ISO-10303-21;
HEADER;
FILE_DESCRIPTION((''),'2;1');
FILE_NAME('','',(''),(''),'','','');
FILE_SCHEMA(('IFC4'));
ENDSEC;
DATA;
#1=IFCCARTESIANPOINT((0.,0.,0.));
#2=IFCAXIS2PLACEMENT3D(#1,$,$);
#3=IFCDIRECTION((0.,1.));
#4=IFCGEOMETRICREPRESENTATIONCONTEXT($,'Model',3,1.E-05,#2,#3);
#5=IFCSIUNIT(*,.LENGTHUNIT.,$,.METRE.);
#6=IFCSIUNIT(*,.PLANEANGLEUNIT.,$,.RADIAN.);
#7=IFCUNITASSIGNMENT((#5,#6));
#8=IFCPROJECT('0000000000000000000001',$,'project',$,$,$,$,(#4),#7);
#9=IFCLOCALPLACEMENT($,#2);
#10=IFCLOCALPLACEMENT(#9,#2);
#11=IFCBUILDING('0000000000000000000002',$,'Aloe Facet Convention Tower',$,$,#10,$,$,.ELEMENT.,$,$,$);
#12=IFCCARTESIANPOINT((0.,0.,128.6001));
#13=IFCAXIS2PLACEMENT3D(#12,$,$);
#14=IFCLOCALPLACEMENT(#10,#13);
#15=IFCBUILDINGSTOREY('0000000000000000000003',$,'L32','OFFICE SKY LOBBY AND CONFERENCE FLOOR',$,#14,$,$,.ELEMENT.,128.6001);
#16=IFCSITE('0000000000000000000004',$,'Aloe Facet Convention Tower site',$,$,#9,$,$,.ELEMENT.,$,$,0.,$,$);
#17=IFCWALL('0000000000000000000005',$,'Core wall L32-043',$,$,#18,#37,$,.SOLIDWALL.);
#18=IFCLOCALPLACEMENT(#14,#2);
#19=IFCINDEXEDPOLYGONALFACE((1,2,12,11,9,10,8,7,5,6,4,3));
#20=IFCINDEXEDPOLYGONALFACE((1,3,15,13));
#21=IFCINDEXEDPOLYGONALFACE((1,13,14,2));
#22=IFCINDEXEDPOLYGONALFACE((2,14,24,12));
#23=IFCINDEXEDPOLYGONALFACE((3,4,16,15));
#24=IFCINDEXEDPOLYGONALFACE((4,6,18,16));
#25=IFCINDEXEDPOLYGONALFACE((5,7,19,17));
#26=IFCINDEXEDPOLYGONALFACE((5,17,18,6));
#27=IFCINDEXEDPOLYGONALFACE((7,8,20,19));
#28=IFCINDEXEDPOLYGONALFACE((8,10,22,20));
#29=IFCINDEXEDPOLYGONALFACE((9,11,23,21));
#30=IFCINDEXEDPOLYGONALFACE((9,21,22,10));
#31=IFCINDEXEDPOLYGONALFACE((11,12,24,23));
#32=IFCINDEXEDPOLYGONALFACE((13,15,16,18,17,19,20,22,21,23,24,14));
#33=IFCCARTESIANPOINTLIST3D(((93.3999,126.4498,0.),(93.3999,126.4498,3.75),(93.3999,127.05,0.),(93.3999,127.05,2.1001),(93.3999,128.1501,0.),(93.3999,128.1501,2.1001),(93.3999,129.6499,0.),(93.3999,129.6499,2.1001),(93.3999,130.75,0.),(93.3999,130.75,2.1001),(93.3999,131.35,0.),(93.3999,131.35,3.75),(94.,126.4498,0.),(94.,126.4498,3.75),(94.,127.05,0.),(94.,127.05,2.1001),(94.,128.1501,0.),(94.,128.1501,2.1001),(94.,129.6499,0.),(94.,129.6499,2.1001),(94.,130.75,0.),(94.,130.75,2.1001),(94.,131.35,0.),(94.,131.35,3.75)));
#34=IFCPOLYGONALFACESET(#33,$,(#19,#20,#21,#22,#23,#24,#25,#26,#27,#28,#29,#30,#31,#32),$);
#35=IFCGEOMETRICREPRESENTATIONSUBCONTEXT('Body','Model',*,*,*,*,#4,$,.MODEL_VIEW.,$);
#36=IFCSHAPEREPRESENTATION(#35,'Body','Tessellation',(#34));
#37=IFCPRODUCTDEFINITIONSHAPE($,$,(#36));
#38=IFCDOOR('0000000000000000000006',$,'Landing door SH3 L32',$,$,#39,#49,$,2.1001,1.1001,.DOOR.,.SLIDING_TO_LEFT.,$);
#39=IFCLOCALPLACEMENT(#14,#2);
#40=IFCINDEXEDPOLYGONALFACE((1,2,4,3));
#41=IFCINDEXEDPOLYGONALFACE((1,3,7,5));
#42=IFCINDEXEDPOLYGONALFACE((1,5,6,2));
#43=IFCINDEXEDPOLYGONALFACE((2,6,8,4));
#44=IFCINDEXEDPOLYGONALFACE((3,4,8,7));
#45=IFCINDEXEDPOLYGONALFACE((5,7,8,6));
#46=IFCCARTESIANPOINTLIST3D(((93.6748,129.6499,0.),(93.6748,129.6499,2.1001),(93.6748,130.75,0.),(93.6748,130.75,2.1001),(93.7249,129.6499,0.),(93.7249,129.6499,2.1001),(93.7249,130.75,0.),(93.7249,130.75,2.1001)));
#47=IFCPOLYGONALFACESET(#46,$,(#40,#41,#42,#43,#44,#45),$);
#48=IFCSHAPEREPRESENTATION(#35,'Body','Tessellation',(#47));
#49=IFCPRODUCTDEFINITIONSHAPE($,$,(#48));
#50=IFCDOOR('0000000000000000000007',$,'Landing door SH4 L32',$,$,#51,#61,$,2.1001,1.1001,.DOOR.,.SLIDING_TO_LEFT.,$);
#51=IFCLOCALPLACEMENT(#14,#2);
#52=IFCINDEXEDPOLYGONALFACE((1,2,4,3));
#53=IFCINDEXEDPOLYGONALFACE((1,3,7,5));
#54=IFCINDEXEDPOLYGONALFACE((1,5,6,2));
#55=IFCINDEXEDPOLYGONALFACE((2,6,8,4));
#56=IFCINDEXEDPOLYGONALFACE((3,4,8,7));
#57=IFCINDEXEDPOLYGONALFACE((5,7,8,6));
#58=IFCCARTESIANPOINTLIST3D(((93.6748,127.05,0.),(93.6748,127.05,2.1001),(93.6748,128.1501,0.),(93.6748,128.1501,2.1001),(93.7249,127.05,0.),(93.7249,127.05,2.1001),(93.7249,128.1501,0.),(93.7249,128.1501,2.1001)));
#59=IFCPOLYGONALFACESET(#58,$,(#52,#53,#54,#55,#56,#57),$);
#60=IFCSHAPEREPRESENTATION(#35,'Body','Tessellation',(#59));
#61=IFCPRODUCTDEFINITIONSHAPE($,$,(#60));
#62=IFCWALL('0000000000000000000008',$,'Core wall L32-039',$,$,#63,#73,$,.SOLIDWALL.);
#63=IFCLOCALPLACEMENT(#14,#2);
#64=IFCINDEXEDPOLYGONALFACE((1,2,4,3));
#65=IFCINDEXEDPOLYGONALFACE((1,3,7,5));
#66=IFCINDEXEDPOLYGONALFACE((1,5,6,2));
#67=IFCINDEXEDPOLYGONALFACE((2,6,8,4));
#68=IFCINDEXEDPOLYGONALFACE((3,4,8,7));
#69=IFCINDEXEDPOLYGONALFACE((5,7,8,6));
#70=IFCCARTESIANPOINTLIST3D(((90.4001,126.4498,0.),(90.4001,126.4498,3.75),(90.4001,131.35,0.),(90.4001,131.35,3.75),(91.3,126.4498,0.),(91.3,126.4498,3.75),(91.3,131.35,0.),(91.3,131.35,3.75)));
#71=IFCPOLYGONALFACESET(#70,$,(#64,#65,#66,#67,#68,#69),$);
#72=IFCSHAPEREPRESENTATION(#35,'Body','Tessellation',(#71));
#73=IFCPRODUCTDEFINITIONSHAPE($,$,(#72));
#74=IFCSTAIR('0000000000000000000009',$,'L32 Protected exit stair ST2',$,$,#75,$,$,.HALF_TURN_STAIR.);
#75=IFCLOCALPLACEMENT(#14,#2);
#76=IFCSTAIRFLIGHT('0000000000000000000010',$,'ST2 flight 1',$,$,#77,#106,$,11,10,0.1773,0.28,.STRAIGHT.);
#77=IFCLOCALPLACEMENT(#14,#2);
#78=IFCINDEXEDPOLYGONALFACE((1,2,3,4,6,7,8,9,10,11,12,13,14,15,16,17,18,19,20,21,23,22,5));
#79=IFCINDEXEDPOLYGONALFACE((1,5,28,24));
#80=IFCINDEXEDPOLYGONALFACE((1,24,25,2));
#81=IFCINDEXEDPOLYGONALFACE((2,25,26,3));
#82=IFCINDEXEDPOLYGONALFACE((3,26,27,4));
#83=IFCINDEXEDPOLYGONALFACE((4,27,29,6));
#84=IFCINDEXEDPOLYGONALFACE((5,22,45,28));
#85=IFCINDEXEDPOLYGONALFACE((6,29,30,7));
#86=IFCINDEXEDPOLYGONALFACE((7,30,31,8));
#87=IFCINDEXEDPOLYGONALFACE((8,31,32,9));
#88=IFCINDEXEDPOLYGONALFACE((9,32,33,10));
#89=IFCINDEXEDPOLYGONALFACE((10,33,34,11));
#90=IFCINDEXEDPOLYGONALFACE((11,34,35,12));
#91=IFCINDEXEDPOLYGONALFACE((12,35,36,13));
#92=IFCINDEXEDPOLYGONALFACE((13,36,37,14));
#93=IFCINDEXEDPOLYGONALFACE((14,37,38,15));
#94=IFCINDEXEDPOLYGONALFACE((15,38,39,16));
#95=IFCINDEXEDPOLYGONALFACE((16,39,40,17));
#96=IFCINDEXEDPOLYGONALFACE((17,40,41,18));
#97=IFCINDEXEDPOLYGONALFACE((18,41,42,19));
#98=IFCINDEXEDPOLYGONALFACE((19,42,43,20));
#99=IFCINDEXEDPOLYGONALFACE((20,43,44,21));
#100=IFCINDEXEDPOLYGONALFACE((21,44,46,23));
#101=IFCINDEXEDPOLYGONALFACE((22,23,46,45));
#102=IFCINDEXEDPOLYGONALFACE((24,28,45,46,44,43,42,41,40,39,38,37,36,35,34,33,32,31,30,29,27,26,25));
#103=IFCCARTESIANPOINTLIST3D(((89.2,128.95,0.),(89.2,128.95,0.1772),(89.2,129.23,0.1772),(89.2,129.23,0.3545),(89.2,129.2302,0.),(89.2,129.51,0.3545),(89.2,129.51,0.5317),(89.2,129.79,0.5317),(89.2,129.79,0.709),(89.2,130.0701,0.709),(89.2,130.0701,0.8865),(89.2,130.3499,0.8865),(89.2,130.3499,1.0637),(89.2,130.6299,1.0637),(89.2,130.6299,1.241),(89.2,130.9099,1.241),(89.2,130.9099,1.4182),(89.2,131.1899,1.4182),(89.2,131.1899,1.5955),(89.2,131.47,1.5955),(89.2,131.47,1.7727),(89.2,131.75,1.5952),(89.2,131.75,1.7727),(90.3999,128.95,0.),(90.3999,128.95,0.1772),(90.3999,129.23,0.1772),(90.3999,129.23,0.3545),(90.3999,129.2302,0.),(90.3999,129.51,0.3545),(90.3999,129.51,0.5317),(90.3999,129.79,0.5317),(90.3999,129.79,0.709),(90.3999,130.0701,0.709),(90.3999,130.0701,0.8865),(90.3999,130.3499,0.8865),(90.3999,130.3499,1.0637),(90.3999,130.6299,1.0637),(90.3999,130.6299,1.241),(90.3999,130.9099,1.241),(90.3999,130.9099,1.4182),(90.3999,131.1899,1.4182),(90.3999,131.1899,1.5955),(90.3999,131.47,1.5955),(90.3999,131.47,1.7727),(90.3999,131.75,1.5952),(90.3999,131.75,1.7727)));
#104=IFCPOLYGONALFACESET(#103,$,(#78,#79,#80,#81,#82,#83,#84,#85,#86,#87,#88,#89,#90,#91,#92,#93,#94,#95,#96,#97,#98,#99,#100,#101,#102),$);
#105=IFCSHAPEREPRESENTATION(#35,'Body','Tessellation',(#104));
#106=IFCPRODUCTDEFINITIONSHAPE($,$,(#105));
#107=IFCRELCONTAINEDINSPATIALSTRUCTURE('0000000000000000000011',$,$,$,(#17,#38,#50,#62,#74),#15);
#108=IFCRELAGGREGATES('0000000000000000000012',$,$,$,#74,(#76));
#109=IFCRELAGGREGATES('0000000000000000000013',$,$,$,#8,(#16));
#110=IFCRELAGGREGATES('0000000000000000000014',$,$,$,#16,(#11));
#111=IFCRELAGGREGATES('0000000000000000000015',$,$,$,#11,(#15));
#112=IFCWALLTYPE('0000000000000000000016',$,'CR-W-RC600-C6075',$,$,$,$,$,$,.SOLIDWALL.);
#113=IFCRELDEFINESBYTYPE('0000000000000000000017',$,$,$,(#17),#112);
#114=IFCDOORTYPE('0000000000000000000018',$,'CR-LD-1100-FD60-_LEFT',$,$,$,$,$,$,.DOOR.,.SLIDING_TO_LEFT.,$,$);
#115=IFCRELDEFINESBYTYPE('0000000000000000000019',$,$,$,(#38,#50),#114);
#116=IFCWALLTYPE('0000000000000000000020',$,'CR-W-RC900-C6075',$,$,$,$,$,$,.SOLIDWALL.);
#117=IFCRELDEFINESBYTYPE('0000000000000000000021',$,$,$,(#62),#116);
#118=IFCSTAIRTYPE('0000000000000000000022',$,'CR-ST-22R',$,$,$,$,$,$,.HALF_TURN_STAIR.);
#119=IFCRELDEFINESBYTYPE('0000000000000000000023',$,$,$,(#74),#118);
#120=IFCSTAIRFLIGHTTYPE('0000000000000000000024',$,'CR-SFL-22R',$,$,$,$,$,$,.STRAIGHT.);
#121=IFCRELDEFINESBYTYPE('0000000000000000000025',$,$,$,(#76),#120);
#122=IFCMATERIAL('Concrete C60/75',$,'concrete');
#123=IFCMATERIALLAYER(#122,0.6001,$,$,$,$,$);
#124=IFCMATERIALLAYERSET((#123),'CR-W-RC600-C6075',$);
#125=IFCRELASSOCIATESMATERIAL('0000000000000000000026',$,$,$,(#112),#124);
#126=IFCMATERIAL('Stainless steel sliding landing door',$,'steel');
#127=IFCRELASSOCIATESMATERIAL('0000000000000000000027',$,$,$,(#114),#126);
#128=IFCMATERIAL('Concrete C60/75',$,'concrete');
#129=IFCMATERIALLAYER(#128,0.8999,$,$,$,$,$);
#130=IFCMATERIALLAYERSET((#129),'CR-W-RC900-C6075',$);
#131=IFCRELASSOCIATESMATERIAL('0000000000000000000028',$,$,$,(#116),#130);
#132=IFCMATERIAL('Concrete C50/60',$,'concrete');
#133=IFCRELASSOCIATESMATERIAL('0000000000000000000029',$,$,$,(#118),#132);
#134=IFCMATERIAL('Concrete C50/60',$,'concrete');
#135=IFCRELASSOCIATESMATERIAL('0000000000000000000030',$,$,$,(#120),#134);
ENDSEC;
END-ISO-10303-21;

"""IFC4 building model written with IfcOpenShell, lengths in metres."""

from ifc_helpers import new_model, si_unit, direction, frame, frame_2d, origin, place, context, subcontext, project, spatial, polyline, rectangle, outline, extrude, material, layer, layer_set, type_object, element, fill, aggregate, save


model = new_model("IFC4")

# Units and contexts
model_context = context("Model", 3, precision=1e-05, world=origin(), true_north=direction((0.0, 1.0)))
body_context = subcontext(model_context, "Body", "Model", "MODEL_VIEW")
ifc_project = project(units=[si_unit("LENGTHUNIT", "METRE"), si_unit("PLANEANGLEUNIT", "RADIAN")], contexts=[model_context])

# Site, building, storey
site_placement = place(None, origin())
site = spatial("IfcSite", under=ifc_project, at=site_placement, Name="Aloe Facet Convention Tower site", CompositionType="ELEMENT", RefElevation=0.0)
building_placement = place(site_placement, origin())
building = spatial("IfcBuilding", under=site, at=building_placement, Name="Aloe Facet Convention Tower", CompositionType="ELEMENT")
storey_placement = place(building_placement, frame((0.0, 0.0, 128.6001)))
storey = spatial("IfcBuildingStorey", under=building, at=storey_placement, Name="L32", Description="OFFICE SKY LOBBY AND CONFERENCE FLOOR", CompositionType="ELEMENT", Elevation=128.6001)

# Shared definitions
ifc_material_1 = material(Name="Concrete C60/75", Category="concrete")
ifc_layer_1 = layer(ifc_material_1, 0.6001)
ifc_layer_set_1 = layer_set([ifc_layer_1], Name="CR-W-RC600-C6075")
wall_type_1 = type_object("IfcWallType", Name="CR-W-RC600-C6075", PredefinedType="SOLIDWALL", material=ifc_layer_set_1)

# Wall, openings, doors
wall_1_placement = place(storey_placement, frame((93.7, 131.3501, 0.0), z_axis=(0.0, 0.0, 1.0), x_axis=(0.0, -1.0, 0.0)))
wall_1 = element("IfcWall", 1, at=wall_1_placement, inside=storey, type_object=wall_type_1, Name="Core wall L32-043", PredefinedType="SOLIDWALL", context=body_context, shape_type="SweptSolid", body=[
    extrude(rectangle(XDim=4.9001, YDim=0.6001, at=frame_2d((2.4502, 0.0))), origin(), (0.0, 0.0, 1.0), 3.75),
])
opening_1_placement = place(wall_1_placement, frame((0.6001, 0.0, 0.0)))
opening_1 = element("IfcOpeningElement", 2, at=opening_1_placement, cuts=wall_1, PredefinedType="OPENING", context=body_context, shape_type="SweptSolid", body=[
    extrude(rectangle(XDim=1.1001, YDim=2.1001, at=frame_2d((0.55, 1.05))), frame((0.0, 0.3101, 0.0), z_axis=(0.0, -1.0, 0.0), x_axis=(1.0, 0.0, 0.0)), (0.0, 0.0, 1.0), 0.6201),
])
opening_2_placement = place(wall_1_placement, frame((3.2, 0.0, 0.0)))
opening_2 = element("IfcOpeningElement", 3, at=opening_2_placement, cuts=wall_1, PredefinedType="OPENING", context=body_context, shape_type="SweptSolid", body=[
    extrude(rectangle(XDim=1.1001, YDim=2.1001, at=frame_2d((0.55, 1.05))), frame((0.0, 0.3101, 0.0), z_axis=(0.0, -1.0, 0.0), x_axis=(1.0, 0.0, 0.0)), (0.0, 0.0, 1.0), 0.6201),
])
ifc_material_2 = material(Name="Stainless steel sliding landing door", Category="steel")
door_type = type_object("IfcDoorType", Name="CR-LD-1100-FD60-_LEFT", OperationType="SLIDING_TO_LEFT", PredefinedType="DOOR", material=ifc_material_2)
door_1_placement = place(opening_1_placement, origin())
door_1 = element("IfcDoor", 4, at=door_1_placement, inside=storey, type_object=door_type, Name="Landing door SH3 L32", OperationType="SLIDING_TO_LEFT", OverallHeight=2.1001, OverallWidth=1.1001, PredefinedType="DOOR", context=body_context, shape_type="SweptSolid", body=[
    extrude(rectangle(XDim=1.1001, YDim=2.1001, at=frame_2d((0.55, 1.05))), frame((0.0, 0.0249, 0.0), z_axis=(0.0, -1.0, 0.0), x_axis=(1.0, 0.0, 0.0)), (0.0, 0.0, 1.0), 0.05),
])
fill(opening_1, door_1)
door_2_placement = place(opening_2_placement, origin())
door_2 = element("IfcDoor", 5, at=door_2_placement, inside=storey, type_object=door_type, Name="Landing door SH4 L32", OperationType="SLIDING_TO_LEFT", OverallHeight=2.1001, OverallWidth=1.1001, PredefinedType="DOOR", context=body_context, shape_type="SweptSolid", body=[
    extrude(rectangle(XDim=1.1001, YDim=2.1001, at=frame_2d((0.55, 1.05))), frame((0.0, 0.0249, 0.0), z_axis=(0.0, -1.0, 0.0), x_axis=(1.0, 0.0, 0.0)), (0.0, 0.0, 1.0), 0.05),
])
fill(opening_2, door_2)

# Wall
ifc_material_3 = material(Name="Concrete C60/75", Category="concrete")
ifc_layer_2 = layer(ifc_material_3, 0.8999)
ifc_layer_set_2 = layer_set([ifc_layer_2], Name="CR-W-RC900-C6075")
wall_type_2 = type_object("IfcWallType", Name="CR-W-RC900-C6075", PredefinedType="SOLIDWALL", material=ifc_layer_set_2)
wall_2_placement = place(storey_placement, frame((90.8501, 131.3501, 0.0), z_axis=(0.0, 0.0, 1.0), x_axis=(0.0, -1.0, 0.0)))
element("IfcWall", 6, at=wall_2_placement, inside=storey, type_object=wall_type_2, Name="Core wall L32-039", PredefinedType="SOLIDWALL", context=body_context, shape_type="SweptSolid", body=[
    extrude(rectangle(XDim=4.9001, YDim=0.8999, at=frame_2d((2.4502, 0.0))), origin(), (0.0, 0.0, 1.0), 3.75),
])

# Stair, stair flight
ifc_material_4 = material(Name="Concrete C50/60", Category="concrete")
stair_type = type_object("IfcStairType", Name="CR-ST-22R", PredefinedType="HALF_TURN_STAIR", material=ifc_material_4)
stair_placement = place(storey_placement, origin())
stair = element("IfcStair", 7, at=stair_placement, inside=storey, type_object=stair_type, Name="L32 Protected exit stair ST2", PredefinedType="HALF_TURN_STAIR")
ifc_material_5 = material(Name="Concrete C50/60", Category="concrete")
stair_flight_type = type_object("IfcStairFlightType", Name="CR-SFL-22R", PredefinedType="STRAIGHT", material=ifc_material_5)
stair_flight_placement = place(storey_placement, frame((89.8, 128.95, 0.0), z_axis=(0.0, 0.0, 1.0), x_axis=(0.0, 1.0, 0.0)))
stair_flight = element("IfcStairFlight", 8, at=stair_flight_placement, type_object=stair_flight_type, Name="ST2 flight 1", NumberOfRisers=11, NumberOfTreads=10, PredefinedType="STRAIGHT", RiserHeight=0.1773, TreadLength=0.28, context=body_context, shape_type="SweptSolid", body=[
    extrude(outline(polyline([(0.0, 0.0), (0.0, 0.1772), (0.28, 0.1772), (0.28, 0.3545), (0.5601, 0.3545), (0.5601, 0.5317), (0.8401, 0.5317), (0.8401, 0.709), (1.1201, 0.709), (1.1201, 0.8865), (1.3999, 0.8865), (1.3999, 1.0637), (1.6799, 1.0637), (1.6799, 1.241), (1.96, 1.241), (1.96, 1.4182), (2.24, 1.4182), (2.24, 1.5955), (2.52, 1.5955), (2.52, 1.7727), (2.8, 1.7727), (2.8, 1.95), (2.8, 1.5952), (0.2803, 0.0), (0.0, 0.0)])), frame((0.0, 0.6001, 0.0), z_axis=(0.0, -1.0, 0.0), x_axis=(1.0, 0.0, 0.0)), (0.0, 0.0, 1.0), 1.2),
])
aggregate(stair, [stair_flight])

save(model, "model.ifc")
